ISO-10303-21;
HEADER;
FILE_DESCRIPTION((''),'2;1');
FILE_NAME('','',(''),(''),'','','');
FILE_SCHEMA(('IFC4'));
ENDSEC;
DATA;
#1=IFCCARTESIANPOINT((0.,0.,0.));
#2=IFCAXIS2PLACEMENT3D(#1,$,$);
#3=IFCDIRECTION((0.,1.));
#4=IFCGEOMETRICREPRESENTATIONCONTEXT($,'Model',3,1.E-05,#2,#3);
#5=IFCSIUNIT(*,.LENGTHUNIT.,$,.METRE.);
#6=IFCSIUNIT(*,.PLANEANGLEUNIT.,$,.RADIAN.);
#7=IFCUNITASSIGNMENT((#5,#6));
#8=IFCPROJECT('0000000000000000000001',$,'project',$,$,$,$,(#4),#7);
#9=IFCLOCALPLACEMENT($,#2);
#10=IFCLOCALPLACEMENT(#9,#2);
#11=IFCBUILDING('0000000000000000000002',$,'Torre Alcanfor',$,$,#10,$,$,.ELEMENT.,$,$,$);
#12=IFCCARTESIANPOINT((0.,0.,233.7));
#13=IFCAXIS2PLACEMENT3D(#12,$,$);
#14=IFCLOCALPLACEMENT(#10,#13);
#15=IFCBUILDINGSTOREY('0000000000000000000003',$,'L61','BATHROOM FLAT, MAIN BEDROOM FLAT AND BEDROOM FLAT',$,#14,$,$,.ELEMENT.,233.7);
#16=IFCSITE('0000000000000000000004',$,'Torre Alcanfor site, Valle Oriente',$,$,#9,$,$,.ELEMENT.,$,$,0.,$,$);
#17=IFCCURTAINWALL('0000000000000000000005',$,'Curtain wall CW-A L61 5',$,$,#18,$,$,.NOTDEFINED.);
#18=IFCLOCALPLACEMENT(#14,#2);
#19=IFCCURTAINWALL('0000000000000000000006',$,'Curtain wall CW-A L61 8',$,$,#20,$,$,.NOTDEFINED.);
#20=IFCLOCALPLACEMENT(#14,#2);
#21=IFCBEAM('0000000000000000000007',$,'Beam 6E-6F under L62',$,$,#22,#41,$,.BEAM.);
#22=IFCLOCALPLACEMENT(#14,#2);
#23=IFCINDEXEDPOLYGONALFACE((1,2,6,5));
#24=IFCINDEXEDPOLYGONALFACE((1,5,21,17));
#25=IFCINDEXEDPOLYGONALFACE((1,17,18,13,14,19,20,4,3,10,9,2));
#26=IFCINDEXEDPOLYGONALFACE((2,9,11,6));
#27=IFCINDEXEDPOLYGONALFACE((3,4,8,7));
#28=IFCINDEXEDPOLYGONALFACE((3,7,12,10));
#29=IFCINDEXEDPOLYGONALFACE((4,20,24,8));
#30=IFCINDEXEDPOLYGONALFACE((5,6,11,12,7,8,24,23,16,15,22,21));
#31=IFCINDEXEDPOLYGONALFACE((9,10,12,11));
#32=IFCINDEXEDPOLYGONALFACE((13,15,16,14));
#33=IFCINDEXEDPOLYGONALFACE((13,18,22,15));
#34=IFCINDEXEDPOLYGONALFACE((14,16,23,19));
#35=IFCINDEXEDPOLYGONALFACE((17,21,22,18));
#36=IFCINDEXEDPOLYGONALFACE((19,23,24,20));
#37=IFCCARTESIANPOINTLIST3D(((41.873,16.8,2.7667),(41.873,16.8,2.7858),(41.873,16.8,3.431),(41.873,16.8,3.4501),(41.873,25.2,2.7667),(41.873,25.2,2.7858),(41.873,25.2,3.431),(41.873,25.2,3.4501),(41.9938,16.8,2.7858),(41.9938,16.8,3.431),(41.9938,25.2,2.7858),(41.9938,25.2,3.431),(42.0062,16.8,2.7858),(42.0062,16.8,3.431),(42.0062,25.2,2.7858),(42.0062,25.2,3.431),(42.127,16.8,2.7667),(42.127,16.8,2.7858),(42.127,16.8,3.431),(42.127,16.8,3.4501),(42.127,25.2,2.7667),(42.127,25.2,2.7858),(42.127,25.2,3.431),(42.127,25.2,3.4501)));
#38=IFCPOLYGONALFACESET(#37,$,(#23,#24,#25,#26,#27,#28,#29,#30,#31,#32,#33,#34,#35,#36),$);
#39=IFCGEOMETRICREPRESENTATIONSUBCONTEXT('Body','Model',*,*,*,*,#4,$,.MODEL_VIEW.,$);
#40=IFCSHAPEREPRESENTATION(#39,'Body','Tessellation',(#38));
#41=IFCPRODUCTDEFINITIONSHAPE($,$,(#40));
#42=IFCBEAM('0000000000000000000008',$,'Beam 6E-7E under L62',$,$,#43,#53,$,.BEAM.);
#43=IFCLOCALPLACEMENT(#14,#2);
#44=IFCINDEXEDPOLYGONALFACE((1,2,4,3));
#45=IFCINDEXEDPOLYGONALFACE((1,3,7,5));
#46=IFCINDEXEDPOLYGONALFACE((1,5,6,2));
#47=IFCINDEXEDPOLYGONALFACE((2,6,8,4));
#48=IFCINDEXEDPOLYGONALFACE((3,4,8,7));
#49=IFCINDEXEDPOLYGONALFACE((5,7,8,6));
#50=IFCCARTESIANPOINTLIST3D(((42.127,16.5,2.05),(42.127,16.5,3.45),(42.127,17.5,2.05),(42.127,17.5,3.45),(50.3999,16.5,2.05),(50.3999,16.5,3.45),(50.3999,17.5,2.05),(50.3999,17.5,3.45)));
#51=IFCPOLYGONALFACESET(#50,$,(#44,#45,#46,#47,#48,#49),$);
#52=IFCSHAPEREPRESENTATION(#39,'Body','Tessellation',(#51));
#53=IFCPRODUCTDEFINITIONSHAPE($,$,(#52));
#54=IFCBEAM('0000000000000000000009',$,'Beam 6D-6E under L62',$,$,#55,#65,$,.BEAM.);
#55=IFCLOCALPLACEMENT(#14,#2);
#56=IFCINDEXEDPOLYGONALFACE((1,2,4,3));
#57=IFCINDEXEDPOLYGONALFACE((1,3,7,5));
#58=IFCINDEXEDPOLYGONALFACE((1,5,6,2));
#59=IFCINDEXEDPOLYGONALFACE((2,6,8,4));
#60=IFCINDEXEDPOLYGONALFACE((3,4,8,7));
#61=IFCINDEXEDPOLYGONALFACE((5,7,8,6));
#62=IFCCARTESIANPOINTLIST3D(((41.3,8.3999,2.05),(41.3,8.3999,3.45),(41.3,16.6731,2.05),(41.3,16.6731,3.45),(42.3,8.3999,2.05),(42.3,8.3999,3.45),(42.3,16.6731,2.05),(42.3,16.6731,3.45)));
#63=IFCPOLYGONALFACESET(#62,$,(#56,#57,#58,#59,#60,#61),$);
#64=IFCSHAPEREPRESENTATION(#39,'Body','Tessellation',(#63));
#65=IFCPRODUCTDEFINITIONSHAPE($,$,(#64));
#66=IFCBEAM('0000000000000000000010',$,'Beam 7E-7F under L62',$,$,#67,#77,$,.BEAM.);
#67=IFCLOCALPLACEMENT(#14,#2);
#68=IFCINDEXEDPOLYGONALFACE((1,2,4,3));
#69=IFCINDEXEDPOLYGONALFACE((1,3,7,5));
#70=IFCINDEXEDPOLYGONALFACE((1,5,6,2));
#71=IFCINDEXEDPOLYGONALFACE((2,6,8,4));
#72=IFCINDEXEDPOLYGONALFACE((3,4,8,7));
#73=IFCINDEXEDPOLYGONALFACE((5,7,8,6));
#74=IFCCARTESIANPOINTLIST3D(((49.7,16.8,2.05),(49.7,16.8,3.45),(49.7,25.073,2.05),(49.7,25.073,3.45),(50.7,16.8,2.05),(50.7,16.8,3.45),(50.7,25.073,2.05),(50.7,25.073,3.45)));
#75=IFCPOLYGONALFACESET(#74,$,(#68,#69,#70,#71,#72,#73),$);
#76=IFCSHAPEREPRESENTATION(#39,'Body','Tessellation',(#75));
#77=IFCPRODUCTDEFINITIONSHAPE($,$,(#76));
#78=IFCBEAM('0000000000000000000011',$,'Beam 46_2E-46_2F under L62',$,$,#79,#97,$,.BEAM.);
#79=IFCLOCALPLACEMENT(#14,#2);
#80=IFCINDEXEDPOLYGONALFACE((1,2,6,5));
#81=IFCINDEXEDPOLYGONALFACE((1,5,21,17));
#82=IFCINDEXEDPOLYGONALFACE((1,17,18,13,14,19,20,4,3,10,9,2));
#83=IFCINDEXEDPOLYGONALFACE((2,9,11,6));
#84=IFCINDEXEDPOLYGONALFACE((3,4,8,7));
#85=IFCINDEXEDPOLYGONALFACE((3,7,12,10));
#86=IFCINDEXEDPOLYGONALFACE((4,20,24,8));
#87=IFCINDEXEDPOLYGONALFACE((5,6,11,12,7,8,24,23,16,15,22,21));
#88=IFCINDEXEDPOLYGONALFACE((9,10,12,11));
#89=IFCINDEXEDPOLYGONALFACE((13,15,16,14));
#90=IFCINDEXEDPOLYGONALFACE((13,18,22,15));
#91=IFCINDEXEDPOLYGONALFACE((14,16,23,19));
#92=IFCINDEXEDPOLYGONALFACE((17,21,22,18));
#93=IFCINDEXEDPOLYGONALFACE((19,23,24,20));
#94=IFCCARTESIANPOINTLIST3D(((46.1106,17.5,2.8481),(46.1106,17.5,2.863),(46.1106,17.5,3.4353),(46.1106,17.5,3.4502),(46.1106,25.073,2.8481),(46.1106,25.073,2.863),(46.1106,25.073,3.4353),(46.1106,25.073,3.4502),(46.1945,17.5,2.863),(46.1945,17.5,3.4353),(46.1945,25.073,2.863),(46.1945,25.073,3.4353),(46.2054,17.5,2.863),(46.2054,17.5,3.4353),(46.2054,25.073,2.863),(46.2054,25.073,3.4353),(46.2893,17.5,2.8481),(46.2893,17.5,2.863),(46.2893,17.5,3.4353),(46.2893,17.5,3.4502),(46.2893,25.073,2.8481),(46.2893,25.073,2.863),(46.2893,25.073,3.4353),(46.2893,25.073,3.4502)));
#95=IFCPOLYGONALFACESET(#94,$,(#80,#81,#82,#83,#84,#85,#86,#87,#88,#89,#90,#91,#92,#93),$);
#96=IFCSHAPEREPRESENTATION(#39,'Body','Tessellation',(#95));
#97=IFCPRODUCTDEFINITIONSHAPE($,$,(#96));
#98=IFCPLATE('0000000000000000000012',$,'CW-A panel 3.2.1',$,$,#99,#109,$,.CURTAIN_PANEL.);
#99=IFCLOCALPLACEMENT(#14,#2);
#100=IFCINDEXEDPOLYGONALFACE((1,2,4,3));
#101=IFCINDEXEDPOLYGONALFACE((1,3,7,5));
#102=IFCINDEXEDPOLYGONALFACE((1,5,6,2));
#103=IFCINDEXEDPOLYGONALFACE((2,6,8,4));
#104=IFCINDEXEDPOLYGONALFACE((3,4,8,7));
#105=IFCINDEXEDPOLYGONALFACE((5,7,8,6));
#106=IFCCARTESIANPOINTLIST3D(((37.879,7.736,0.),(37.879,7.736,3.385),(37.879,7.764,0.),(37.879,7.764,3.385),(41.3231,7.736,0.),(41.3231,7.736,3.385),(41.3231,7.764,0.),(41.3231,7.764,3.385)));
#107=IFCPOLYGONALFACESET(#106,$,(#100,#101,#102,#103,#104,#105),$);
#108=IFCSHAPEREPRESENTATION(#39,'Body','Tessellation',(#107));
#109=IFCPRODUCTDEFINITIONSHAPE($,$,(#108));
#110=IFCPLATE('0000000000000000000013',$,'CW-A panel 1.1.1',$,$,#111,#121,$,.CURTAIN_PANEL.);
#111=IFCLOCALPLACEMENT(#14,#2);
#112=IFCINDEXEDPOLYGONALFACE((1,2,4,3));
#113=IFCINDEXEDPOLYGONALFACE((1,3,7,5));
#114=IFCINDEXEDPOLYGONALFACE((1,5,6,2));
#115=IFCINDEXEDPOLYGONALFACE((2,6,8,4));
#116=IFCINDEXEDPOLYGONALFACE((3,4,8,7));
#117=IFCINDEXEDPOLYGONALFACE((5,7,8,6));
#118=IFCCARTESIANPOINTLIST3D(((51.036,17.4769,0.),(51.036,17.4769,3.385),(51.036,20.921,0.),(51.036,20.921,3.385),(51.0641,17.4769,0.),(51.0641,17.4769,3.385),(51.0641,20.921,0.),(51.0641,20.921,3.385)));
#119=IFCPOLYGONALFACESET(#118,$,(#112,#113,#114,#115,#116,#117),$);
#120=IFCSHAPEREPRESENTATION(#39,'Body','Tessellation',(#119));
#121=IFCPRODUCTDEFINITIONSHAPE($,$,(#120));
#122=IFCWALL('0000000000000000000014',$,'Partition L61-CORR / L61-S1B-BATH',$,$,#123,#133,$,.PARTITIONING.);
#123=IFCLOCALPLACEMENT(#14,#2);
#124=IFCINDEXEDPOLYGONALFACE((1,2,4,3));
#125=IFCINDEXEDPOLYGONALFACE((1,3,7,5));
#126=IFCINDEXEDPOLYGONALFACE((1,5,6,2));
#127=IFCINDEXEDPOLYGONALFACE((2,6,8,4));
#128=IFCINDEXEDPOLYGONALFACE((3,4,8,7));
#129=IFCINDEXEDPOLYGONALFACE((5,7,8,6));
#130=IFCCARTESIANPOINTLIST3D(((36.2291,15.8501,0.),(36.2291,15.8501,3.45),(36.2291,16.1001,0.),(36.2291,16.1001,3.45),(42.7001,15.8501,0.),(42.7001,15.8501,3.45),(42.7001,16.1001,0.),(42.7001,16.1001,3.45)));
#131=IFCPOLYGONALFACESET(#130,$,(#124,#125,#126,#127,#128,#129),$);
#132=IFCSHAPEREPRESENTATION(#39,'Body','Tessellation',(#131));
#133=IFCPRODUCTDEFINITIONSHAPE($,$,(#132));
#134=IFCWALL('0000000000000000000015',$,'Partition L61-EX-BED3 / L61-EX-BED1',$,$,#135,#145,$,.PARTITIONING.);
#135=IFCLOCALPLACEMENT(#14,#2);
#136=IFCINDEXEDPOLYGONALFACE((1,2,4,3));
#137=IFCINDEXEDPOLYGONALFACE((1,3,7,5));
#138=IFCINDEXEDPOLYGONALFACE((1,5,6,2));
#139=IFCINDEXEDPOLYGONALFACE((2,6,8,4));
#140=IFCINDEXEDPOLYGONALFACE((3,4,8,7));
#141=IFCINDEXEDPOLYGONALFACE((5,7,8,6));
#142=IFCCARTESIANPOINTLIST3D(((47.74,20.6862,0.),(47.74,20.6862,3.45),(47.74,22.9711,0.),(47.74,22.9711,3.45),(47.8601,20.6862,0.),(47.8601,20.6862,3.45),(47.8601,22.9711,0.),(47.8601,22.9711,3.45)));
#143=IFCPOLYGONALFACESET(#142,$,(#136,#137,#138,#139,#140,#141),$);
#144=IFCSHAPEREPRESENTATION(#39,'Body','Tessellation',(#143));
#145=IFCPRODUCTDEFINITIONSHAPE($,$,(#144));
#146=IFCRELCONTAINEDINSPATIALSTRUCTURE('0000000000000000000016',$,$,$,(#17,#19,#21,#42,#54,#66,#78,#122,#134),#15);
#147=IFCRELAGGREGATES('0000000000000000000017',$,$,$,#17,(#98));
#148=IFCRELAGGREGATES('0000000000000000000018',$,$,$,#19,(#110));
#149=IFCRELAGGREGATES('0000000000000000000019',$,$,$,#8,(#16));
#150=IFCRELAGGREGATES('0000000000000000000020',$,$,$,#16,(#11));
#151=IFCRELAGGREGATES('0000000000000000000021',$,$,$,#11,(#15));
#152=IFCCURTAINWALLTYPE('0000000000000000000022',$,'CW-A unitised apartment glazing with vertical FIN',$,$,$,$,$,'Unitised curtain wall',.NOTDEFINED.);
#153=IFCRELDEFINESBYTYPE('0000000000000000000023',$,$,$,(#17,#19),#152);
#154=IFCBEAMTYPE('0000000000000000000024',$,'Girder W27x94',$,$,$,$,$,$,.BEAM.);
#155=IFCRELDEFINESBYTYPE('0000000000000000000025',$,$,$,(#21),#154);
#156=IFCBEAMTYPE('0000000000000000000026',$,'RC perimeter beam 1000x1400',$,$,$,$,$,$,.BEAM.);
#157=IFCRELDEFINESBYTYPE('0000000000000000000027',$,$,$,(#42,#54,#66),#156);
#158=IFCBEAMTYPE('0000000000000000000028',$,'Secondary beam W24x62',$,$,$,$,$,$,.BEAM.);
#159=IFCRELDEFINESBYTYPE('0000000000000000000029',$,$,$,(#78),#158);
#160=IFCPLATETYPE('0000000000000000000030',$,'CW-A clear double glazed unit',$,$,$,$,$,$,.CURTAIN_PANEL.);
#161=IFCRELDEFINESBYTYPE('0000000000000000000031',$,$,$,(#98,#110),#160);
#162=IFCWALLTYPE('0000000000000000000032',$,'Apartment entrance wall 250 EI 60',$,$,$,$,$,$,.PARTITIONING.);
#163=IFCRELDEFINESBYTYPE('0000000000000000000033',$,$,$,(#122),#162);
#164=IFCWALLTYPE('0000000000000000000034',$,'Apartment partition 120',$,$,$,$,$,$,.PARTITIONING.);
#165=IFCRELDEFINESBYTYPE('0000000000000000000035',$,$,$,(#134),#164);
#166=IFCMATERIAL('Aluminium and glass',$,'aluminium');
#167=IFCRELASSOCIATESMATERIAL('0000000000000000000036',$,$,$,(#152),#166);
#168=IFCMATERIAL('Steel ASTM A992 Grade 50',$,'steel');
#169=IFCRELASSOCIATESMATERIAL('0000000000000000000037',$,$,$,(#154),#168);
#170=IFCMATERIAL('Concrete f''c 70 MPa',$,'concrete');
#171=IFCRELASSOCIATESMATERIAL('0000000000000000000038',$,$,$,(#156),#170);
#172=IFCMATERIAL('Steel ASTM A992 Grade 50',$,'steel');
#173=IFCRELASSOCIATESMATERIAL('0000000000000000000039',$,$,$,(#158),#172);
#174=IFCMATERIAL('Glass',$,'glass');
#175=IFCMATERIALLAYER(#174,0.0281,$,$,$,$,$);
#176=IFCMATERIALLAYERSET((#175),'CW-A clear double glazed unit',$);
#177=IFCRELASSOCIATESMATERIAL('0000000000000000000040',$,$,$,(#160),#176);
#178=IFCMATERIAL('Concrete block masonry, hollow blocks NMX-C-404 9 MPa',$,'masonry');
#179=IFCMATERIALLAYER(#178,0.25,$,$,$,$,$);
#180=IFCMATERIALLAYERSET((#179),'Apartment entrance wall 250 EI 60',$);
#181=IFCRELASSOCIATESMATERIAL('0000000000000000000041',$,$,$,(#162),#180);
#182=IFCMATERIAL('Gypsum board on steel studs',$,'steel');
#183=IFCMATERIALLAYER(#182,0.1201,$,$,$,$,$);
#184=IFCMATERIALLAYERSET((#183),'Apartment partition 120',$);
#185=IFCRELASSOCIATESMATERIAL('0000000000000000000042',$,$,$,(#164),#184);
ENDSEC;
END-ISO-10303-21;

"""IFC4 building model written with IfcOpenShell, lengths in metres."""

from ifc_helpers import new_model, si_unit, direction, frame, frame_2d, origin, origin_2d, place, context, subcontext, project, spatial, rectangle, i_section, extrude, material, layer, layer_set, material_profile, profile_set, type_object, element, aggregate, save


model = new_model("IFC4")

# Units and contexts
model_context = context("Model", 3, precision=1e-05, world=origin(), true_north=direction((0.0, 1.0)))
body_context = subcontext(model_context, "Body", "Model", "MODEL_VIEW")
ifc_project = project(units=[si_unit("LENGTHUNIT", "METRE"), si_unit("PLANEANGLEUNIT", "RADIAN")], contexts=[model_context])

# Site, building, storey
site_placement = place(None, origin())
site = spatial("IfcSite", under=ifc_project, at=site_placement, Name="Torre Alcanfor site, Valle Oriente", CompositionType="ELEMENT", RefElevation=0.0)
building_placement = place(site_placement, origin())
building = spatial("IfcBuilding", under=site, at=building_placement, Name="Torre Alcanfor", CompositionType="ELEMENT")
storey_placement = place(building_placement, frame((0.0, 0.0, 233.7)))
storey = spatial("IfcBuildingStorey", under=building, at=storey_placement, Name="L61", Description="BATHROOM FLAT, MAIN BEDROOM FLAT AND BEDROOM FLAT", CompositionType="ELEMENT", Elevation=233.7)

# Curtain walls
ifc_material_1 = material(Name="Aluminium and glass", Category="aluminium")
curtain_wall_type = type_object("IfcCurtainWallType", Name="CW-A unitised apartment glazing with vertical FIN", ElementType="Unitised curtain wall", PredefinedType="NOTDEFINED", material=ifc_material_1)
curtain_wall_1_placement = place(storey_placement, origin())
curtain_wall_1 = element("IfcCurtainWall", 1, at=curtain_wall_1_placement, inside=storey, type_object=curtain_wall_type, Name="Curtain wall CW-A L61 5", PredefinedType="NOTDEFINED")
curtain_wall_2_placement = place(storey_placement, origin())
curtain_wall_2 = element("IfcCurtainWall", 2, at=curtain_wall_2_placement, inside=storey, type_object=curtain_wall_type, Name="Curtain wall CW-A L61 8", PredefinedType="NOTDEFINED")

# Beams
ifc_material_2 = material(Name="Steel ASTM A992 Grade 50", Category="steel")
ifc_material_profile_1 = material_profile(ifc_material_2, i_section(OverallWidth=0.2539, OverallDepth=0.6833, WebThickness=0.0125, FlangeThickness=0.019, at=origin_2d()), Name="W27x94")
ifc_profile_set_1 = profile_set([ifc_material_profile_1], Name="Steel ASTM A992 Grade 50")
beam_type_1 = type_object("IfcBeamType", Name="Girder W27x94", PredefinedType="BEAM", material=ifc_profile_set_1)
beam_1_placement = place(storey_placement, frame((42.0, 16.8, 3.1084), z_axis=(0.0, 1.0, 0.0), x_axis=(-1.0, 0.0, 0.0)))
element("IfcBeam", 3, at=beam_1_placement, inside=storey, type_object=beam_type_1, Name="Beam 6E-6F under L62", PredefinedType="BEAM", context=body_context, shape_type="SweptSolid", body=[
    extrude(i_section(OverallWidth=0.2539, OverallDepth=0.6833, WebThickness=0.0125, FlangeThickness=0.019, at=origin_2d()), origin(), (0.0, 0.0, 1.0), 8.3999),
])
ifc_material_3 = material(Name="Concrete f'c 70 MPa", Category="concrete")
ifc_material_profile_2 = material_profile(ifc_material_3, rectangle(XDim=1.0, YDim=1.3999, at=origin_2d()), Name="1000x1400")
ifc_profile_set_2 = profile_set([ifc_material_profile_2], Name="Concrete f'c 70 MPa")
beam_type_2 = type_object("IfcBeamType", Name="RC perimeter beam 1000x1400", PredefinedType="BEAM", material=ifc_profile_set_2)
beam_2_placement = place(storey_placement, frame((42.127, 17.0, 2.75), z_axis=(1.0, 0.0, 0.0), x_axis=(0.0, 1.0, 0.0)))
element("IfcBeam", 4, at=beam_2_placement, inside=storey, type_object=beam_type_2, Name="Beam 6E-7E under L62", PredefinedType="BEAM", context=body_context, shape_type="SweptSolid", body=[
    extrude(rectangle(XDim=1.0, YDim=1.3999, at=origin_2d()), origin(), (0.0, 0.0, 1.0), 8.2729),
])
beam_3_placement = place(storey_placement, frame((41.8, 8.3999, 2.75), z_axis=(0.0, 1.0, 0.0), x_axis=(-1.0, 0.0, 0.0)))
element("IfcBeam", 5, at=beam_3_placement, inside=storey, type_object=beam_type_2, Name="Beam 6D-6E under L62", PredefinedType="BEAM", context=body_context, shape_type="SweptSolid", body=[
    extrude(rectangle(XDim=1.0, YDim=1.3999, at=origin_2d()), origin(), (0.0, 0.0, 1.0), 8.2732),
])
beam_4_placement = place(storey_placement, frame((50.2, 16.8, 2.75), z_axis=(0.0, 1.0, 0.0), x_axis=(-1.0, 0.0, 0.0)))
element("IfcBeam", 6, at=beam_4_placement, inside=storey, type_object=beam_type_2, Name="Beam 7E-7F under L62", PredefinedType="BEAM", context=body_context, shape_type="SweptSolid", body=[
    extrude(rectangle(XDim=1.0, YDim=1.3999, at=origin_2d()), origin(), (0.0, 0.0, 1.0), 8.2729),
])
ifc_material_4 = material(Name="Steel ASTM A992 Grade 50", Category="steel")
ifc_material_profile_3 = material_profile(ifc_material_4, i_section(OverallWidth=0.1787, OverallDepth=0.6021, WebThickness=0.011, FlangeThickness=0.0149, at=origin_2d()), Name="W24x62")
ifc_profile_set_3 = profile_set([ifc_material_profile_3], Name="Steel ASTM A992 Grade 50")
beam_type_3 = type_object("IfcBeamType", Name="Secondary beam W24x62", PredefinedType="BEAM", material=ifc_profile_set_3)
beam_5_placement = place(storey_placement, frame((46.2, 17.5, 3.1492), z_axis=(0.0, 1.0, 0.0), x_axis=(-1.0, 0.0, 0.0)))
element("IfcBeam", 7, at=beam_5_placement, inside=storey, type_object=beam_type_3, Name="Beam 46_2E-46_2F under L62", PredefinedType="BEAM", context=body_context, shape_type="SweptSolid", body=[
    extrude(i_section(OverallWidth=0.1787, OverallDepth=0.6021, WebThickness=0.011, FlangeThickness=0.0149, at=origin_2d()), origin(), (0.0, 0.0, 1.0), 7.573),
])

# Plates
ifc_material_5 = material(Name="Glass", Category="glass")
ifc_layer_1 = layer(ifc_material_5, 0.0281)
ifc_layer_set_1 = layer_set([ifc_layer_1], Name="CW-A clear double glazed unit")
plate_type = type_object("IfcPlateType", Name="CW-A clear double glazed unit", PredefinedType="CURTAIN_PANEL", material=ifc_layer_set_1)
plate_1_placement = place(storey_placement, frame((39.6011, 7.75, 0.0), z_axis=(0.0, 0.0, 1.0), x_axis=(1.0, 0.0, 0.0)))
plate_1 = element("IfcPlate", 8, at=plate_1_placement, type_object=plate_type, Name="CW-A panel 3.2.1", PredefinedType="CURTAIN_PANEL", context=body_context, shape_type="SweptSolid", body=[
    extrude(rectangle(XDim=3.4441, YDim=0.0281, at=origin_2d()), origin(), (0.0, 0.0, 1.0), 3.385),
])
aggregate(curtain_wall_1, [plate_1])
plate_2_placement = place(storey_placement, frame((51.05, 19.199, 0.0), z_axis=(0.0, 0.0, 1.0), x_axis=(0.0, 1.0, 0.0)))
plate_2 = element("IfcPlate", 9, at=plate_2_placement, type_object=plate_type, Name="CW-A panel 1.1.1", PredefinedType="CURTAIN_PANEL", context=body_context, shape_type="SweptSolid", body=[
    extrude(rectangle(XDim=3.4441, YDim=0.0281, at=origin_2d()), origin(), (0.0, 0.0, 1.0), 3.385),
])
aggregate(curtain_wall_2, [plate_2])

# Walls
ifc_material_6 = material(Name="Concrete block masonry, hollow blocks NMX-C-404 9 MPa", Category="masonry")
ifc_layer_2 = layer(ifc_material_6, 0.25)
ifc_layer_set_2 = layer_set([ifc_layer_2], Name="Apartment entrance wall 250 EI 60")
wall_type_1 = type_object("IfcWallType", Name="Apartment entrance wall 250 EI 60", PredefinedType="PARTITIONING", material=ifc_layer_set_2)
wall_1_placement = place(storey_placement, frame((42.7, 15.9751, 0.0), z_axis=(0.0, 0.0, 1.0), x_axis=(-1.0, 0.0, 0.0)))
element("IfcWall", 10, at=wall_1_placement, inside=storey, type_object=wall_type_1, Name="Partition L61-CORR / L61-S1B-BATH", PredefinedType="PARTITIONING", context=body_context, shape_type="SweptSolid", body=[
    extrude(rectangle(XDim=6.4709, YDim=0.25, at=frame_2d((3.2354, 0.0))), origin(), (0.0, 0.0, 1.0), 3.45),
])
ifc_material_7 = material(Name="Gypsum board on steel studs", Category="steel")
ifc_layer_3 = layer(ifc_material_7, 0.1201)
ifc_layer_set_3 = layer_set([ifc_layer_3], Name="Apartment partition 120")
wall_type_2 = type_object("IfcWallType", Name="Apartment partition 120", PredefinedType="PARTITIONING", material=ifc_layer_set_3)
wall_2_placement = place(storey_placement, frame((47.8, 20.686, 0.0), z_axis=(0.0, 0.0, 1.0), x_axis=(0.0, 1.0, 0.0)))
element("IfcWall", 11, at=wall_2_placement, inside=storey, type_object=wall_type_2, Name="Partition L61-EX-BED3 / L61-EX-BED1", PredefinedType="PARTITIONING", context=body_context, shape_type="SweptSolid", body=[
    extrude(rectangle(XDim=2.2849, YDim=0.1201, at=frame_2d((1.1426, 0.0))), origin(), (0.0, 0.0, 1.0), 3.45),
])

save(model, "model.ifc")
